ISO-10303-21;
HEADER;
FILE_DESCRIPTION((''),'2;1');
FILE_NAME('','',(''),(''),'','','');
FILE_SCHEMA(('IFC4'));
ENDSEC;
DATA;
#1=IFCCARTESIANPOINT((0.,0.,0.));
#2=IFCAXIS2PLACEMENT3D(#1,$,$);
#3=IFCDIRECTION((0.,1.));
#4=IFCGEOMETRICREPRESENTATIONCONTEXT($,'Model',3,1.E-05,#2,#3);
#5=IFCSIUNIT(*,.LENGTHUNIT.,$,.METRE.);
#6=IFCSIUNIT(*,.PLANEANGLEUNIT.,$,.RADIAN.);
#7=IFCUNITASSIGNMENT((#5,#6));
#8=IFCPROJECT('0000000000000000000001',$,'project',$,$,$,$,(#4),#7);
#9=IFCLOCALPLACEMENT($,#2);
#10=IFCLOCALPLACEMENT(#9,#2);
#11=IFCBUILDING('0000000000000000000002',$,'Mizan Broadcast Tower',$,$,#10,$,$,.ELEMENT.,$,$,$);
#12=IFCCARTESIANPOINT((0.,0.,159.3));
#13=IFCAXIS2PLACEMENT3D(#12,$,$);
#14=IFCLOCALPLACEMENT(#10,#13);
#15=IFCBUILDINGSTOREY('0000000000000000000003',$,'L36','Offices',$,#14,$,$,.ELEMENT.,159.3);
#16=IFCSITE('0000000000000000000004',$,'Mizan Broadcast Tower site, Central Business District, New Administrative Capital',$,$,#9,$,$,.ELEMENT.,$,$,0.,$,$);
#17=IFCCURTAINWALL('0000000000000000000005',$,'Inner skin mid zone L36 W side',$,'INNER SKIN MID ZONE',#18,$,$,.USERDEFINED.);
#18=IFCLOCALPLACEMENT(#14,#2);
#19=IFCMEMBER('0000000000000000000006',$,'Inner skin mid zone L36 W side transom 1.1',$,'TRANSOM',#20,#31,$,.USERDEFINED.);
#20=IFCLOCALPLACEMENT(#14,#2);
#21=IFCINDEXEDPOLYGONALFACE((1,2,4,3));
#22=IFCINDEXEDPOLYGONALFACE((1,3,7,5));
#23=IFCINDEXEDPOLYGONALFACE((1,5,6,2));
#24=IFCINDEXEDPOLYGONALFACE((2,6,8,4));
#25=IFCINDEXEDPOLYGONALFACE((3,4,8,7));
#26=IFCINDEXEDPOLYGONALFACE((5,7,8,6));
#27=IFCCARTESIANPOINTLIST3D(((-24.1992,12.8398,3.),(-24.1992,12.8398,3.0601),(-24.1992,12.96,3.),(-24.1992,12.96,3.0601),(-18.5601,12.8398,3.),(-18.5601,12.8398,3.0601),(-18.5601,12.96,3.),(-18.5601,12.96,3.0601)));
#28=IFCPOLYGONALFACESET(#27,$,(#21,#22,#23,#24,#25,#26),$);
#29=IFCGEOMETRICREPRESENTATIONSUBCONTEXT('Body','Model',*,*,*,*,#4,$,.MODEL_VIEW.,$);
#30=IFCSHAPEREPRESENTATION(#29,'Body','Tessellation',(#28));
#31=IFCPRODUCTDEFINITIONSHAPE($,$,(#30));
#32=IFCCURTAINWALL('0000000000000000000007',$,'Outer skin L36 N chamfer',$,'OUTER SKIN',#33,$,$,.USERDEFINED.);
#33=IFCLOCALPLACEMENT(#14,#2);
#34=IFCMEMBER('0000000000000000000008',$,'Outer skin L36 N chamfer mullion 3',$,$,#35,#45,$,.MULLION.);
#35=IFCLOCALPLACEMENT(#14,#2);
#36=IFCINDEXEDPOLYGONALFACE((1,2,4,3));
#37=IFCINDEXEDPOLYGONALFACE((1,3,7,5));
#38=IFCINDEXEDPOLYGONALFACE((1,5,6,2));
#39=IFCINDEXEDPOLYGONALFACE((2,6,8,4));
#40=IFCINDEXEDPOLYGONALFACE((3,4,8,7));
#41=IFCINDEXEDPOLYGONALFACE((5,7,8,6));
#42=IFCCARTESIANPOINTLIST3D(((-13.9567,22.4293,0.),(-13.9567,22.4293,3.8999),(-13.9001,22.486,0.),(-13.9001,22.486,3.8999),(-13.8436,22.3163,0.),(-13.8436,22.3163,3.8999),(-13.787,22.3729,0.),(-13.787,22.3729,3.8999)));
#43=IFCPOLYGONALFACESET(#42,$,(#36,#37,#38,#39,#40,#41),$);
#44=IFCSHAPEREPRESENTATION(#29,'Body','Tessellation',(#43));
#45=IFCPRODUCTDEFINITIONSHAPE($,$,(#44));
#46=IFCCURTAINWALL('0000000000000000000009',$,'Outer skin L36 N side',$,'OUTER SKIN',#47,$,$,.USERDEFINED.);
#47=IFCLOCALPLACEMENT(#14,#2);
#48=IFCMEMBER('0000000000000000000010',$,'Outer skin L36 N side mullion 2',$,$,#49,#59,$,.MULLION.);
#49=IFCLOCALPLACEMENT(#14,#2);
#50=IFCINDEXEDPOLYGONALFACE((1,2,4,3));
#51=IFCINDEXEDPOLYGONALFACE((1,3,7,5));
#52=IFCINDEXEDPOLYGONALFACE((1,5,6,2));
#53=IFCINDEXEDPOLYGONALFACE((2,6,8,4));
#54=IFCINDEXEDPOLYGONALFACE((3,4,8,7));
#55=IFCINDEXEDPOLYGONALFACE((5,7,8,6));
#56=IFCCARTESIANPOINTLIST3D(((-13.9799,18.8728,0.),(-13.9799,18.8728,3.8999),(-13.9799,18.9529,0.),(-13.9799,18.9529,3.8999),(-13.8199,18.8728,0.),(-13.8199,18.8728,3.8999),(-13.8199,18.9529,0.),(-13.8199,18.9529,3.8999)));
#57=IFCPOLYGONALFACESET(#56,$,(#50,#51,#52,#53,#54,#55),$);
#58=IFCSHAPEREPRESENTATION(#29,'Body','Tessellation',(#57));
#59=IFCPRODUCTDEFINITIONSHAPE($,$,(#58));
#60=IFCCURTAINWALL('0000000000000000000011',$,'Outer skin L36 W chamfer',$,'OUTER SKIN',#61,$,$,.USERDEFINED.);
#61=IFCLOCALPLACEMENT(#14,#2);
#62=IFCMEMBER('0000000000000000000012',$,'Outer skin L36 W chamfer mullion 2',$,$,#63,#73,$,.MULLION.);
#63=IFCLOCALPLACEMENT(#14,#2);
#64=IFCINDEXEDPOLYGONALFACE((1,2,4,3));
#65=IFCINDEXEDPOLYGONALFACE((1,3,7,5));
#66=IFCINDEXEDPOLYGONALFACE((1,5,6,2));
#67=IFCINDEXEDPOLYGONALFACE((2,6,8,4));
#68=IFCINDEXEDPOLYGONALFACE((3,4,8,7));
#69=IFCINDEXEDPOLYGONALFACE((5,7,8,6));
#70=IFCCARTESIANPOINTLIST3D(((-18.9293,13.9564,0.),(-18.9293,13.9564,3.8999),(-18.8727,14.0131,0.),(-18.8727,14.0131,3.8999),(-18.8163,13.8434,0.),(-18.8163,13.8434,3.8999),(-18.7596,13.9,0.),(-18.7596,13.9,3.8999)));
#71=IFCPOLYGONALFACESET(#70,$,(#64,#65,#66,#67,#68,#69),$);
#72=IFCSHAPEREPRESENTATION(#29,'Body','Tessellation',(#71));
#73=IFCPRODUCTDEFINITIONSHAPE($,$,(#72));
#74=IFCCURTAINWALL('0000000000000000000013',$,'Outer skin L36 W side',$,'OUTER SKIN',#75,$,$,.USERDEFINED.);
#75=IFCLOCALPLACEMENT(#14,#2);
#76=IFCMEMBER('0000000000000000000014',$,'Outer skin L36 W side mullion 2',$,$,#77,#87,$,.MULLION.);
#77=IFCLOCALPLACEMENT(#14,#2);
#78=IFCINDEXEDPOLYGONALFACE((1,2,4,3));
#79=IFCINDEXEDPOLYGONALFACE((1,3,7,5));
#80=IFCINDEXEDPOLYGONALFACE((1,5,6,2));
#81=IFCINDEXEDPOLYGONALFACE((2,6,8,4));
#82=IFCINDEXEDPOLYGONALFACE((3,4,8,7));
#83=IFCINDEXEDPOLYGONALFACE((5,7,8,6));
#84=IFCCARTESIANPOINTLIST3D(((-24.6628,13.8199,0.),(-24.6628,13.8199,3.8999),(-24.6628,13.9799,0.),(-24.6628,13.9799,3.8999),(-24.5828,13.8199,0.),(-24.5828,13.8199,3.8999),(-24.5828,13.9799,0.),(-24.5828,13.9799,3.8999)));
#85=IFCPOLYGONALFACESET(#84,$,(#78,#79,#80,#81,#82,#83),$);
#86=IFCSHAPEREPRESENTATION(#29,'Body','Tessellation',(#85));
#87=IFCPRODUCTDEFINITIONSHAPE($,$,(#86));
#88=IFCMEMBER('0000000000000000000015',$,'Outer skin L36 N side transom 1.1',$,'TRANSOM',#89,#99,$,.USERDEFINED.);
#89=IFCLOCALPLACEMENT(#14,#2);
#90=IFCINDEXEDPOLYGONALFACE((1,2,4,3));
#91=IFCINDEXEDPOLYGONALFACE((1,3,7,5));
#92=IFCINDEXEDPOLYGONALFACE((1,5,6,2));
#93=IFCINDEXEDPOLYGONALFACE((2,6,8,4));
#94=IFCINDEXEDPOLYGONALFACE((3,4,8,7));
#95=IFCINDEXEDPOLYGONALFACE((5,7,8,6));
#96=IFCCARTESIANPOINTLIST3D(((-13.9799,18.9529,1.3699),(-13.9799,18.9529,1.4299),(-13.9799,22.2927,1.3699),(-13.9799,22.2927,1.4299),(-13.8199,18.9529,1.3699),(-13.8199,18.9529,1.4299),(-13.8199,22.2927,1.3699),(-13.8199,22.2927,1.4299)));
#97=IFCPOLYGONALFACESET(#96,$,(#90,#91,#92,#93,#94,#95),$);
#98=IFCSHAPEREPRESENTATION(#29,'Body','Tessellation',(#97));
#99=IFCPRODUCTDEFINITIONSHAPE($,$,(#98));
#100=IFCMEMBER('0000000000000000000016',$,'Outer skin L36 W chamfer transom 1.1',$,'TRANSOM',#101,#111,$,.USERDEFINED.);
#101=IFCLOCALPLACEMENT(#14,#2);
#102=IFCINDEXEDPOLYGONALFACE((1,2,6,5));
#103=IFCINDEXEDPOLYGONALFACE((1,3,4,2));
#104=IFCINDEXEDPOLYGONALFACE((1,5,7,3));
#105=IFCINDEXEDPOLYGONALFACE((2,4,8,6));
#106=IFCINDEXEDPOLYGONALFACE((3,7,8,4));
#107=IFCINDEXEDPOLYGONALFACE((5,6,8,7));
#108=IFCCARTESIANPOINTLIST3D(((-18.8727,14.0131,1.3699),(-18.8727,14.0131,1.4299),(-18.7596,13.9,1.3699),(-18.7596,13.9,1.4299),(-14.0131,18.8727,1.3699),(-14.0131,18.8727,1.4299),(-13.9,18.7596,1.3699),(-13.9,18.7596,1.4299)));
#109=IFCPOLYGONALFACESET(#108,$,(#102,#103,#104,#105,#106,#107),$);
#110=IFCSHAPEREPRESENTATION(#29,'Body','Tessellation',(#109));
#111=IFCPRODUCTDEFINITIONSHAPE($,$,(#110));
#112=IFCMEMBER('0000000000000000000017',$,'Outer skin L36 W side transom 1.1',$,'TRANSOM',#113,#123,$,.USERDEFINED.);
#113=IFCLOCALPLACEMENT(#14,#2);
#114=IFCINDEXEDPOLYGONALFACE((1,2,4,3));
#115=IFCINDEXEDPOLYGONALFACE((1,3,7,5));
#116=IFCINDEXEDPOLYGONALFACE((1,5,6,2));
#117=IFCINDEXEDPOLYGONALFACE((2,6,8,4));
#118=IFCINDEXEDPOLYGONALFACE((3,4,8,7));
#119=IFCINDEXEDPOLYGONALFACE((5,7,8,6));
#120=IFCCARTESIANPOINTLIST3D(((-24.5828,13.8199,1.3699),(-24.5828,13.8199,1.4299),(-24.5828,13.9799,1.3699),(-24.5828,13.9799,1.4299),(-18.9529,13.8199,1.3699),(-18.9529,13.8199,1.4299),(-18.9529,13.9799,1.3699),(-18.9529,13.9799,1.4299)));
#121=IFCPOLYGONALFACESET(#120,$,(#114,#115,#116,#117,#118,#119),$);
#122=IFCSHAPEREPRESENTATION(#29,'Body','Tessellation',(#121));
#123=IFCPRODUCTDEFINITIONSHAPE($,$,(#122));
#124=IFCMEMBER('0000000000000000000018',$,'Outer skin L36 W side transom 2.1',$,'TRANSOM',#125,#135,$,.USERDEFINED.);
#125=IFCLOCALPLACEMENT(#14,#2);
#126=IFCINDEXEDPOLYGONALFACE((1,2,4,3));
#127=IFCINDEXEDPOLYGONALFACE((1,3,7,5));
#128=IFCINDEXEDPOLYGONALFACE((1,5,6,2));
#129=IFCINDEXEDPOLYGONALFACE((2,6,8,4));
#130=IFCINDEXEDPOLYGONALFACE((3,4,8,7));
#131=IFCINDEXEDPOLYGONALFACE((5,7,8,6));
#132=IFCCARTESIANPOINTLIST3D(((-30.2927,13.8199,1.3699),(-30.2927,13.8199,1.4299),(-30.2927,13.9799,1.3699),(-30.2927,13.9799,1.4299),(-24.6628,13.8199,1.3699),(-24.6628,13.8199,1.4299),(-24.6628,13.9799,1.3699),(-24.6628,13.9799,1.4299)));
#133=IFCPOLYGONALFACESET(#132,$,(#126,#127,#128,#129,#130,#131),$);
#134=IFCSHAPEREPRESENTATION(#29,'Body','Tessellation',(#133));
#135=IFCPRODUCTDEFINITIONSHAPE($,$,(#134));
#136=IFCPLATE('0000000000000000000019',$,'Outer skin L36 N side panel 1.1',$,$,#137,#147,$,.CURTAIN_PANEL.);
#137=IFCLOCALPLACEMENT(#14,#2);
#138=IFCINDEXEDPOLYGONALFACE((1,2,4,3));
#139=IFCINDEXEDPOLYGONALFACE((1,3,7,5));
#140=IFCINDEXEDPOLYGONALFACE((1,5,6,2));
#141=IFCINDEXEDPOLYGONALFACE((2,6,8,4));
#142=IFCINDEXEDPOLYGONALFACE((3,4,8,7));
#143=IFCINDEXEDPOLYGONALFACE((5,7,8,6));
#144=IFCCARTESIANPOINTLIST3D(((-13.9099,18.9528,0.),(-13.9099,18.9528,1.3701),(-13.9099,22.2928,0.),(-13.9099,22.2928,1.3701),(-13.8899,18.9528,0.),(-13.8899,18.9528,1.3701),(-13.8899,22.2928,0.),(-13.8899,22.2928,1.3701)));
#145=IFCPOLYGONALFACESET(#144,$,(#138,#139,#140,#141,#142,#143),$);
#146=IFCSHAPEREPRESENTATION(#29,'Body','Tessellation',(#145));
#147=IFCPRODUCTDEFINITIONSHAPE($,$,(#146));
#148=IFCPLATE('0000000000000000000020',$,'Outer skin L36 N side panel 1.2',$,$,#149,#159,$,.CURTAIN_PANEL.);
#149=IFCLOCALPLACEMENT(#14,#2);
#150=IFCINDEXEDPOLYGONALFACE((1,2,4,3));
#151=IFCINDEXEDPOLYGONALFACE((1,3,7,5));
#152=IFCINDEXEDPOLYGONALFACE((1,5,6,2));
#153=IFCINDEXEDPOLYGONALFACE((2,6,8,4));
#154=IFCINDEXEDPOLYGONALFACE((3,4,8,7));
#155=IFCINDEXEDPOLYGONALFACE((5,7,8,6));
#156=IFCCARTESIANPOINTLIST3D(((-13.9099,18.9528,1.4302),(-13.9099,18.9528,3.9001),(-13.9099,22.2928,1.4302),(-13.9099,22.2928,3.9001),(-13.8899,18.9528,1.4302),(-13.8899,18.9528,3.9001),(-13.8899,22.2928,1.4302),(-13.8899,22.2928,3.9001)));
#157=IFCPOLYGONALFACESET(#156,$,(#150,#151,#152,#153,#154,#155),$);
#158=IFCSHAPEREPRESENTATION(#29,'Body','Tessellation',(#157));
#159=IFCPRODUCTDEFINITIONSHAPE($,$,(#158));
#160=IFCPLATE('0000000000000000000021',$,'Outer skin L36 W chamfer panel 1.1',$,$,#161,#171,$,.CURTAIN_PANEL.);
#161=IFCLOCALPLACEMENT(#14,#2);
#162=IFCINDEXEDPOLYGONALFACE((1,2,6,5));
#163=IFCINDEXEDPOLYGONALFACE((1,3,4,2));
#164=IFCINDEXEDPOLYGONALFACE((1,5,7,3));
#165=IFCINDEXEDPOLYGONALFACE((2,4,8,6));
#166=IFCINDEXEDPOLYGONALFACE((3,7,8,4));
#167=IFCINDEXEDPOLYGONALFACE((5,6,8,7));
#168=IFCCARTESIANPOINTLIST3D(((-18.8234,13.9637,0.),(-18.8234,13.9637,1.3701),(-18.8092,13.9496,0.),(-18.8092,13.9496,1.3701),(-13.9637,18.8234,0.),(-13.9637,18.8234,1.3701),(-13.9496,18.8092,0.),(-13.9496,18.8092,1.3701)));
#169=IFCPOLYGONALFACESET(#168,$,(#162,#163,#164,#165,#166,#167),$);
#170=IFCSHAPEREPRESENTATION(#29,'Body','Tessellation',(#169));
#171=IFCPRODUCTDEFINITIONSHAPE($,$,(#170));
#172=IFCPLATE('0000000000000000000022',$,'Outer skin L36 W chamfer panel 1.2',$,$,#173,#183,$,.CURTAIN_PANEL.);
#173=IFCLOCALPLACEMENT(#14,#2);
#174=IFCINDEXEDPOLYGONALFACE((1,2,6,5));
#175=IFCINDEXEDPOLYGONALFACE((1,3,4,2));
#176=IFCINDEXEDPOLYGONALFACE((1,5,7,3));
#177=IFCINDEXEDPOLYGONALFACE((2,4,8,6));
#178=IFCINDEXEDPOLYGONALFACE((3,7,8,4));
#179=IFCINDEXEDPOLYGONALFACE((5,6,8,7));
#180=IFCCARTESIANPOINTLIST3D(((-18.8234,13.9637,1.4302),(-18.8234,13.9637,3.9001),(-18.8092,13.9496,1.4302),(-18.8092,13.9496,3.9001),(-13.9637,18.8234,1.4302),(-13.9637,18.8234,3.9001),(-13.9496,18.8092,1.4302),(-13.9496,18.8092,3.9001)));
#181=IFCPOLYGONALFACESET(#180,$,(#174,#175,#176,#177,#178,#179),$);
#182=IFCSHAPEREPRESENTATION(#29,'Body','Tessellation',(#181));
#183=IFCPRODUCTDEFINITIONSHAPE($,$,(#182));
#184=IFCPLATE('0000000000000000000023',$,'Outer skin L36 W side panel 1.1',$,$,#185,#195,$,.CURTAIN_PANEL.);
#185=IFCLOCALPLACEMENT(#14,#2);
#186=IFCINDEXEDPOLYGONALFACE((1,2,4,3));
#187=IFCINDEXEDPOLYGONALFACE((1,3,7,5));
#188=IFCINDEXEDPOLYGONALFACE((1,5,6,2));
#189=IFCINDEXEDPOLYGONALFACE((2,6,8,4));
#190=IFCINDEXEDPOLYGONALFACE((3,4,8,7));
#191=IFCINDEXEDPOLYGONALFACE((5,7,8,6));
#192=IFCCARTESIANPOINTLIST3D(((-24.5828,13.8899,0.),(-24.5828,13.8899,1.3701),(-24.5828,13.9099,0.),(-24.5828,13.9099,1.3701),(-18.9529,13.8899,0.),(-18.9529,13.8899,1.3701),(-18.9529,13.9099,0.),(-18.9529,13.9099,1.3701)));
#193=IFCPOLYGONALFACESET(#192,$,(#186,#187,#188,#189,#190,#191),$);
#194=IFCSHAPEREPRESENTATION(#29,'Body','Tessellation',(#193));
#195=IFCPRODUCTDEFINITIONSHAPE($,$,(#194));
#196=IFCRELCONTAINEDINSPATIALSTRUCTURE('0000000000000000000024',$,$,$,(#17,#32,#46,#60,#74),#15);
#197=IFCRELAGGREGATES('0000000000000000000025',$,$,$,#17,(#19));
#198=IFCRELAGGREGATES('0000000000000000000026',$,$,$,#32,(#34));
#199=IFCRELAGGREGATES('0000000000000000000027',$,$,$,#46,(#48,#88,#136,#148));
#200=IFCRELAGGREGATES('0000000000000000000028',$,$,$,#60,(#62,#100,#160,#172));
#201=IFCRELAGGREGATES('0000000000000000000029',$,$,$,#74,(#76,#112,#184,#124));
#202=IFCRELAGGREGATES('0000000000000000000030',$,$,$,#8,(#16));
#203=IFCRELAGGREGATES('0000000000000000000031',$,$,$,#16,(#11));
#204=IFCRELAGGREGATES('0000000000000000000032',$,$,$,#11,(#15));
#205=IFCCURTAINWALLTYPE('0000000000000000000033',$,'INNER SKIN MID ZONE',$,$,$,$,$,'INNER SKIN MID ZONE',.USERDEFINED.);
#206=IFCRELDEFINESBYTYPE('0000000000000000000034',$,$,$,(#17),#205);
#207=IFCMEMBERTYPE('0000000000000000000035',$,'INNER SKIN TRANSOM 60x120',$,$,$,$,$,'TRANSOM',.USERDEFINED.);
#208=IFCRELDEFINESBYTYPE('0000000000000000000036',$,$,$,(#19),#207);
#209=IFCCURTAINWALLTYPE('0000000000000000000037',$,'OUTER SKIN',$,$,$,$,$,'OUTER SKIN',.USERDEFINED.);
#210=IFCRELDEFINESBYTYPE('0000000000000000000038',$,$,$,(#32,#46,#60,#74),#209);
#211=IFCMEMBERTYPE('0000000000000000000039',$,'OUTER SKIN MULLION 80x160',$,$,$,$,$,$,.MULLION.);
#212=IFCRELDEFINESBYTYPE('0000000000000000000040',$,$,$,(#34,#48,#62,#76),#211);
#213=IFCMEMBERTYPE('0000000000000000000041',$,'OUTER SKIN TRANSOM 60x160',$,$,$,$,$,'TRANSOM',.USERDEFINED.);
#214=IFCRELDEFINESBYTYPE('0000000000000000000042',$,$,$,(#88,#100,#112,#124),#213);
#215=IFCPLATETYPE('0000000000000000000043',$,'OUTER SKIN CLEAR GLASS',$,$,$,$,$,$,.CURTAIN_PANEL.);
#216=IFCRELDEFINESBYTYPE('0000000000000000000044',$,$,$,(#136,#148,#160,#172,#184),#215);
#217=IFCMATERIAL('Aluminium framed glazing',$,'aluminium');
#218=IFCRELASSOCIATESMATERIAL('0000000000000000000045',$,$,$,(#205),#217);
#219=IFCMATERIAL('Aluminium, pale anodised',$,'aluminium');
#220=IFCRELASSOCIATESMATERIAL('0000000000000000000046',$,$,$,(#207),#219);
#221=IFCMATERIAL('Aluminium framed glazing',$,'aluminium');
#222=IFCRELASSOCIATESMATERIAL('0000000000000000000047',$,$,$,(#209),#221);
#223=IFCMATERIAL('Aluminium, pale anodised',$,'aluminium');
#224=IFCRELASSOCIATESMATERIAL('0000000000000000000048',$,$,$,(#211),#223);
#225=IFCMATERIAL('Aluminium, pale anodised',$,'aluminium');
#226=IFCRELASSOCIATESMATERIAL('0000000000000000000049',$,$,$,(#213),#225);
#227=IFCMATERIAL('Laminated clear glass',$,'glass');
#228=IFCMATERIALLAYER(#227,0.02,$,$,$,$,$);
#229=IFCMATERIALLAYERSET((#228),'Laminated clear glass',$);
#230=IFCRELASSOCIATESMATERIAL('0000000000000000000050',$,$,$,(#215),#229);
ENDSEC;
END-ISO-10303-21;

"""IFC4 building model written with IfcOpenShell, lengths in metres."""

from ifc_helpers import new_model, si_unit, direction, frame, origin, origin_2d, place, context, subcontext, project, spatial, rectangle, extrude, material, layer, layer_set, material_profile, profile_set, type_object, element, aggregate, save


model = new_model("IFC4")

# Units and contexts
model_context = context("Model", 3, precision=1e-05, world=origin(), true_north=direction((0.0, 1.0)))
body_context = subcontext(model_context, "Body", "Model", "MODEL_VIEW")
ifc_project = project(units=[si_unit("LENGTHUNIT", "METRE"), si_unit("PLANEANGLEUNIT", "RADIAN")], contexts=[model_context])

# Site, building, storey
site_placement = place(None, origin())
site = spatial("IfcSite", under=ifc_project, at=site_placement, Name="Mizan Broadcast Tower site, Central Business District, New Administrative Capital", CompositionType="ELEMENT", RefElevation=0.0)
building_placement = place(site_placement, origin())
building = spatial("IfcBuilding", under=site, at=building_placement, Name="Mizan Broadcast Tower", CompositionType="ELEMENT")
storey_placement = place(building_placement, frame((0.0, 0.0, 159.3)))
storey = spatial("IfcBuildingStorey", under=building, at=storey_placement, Name="L36", Description="Offices", CompositionType="ELEMENT", Elevation=159.3)

# Curtain walls, members
ifc_material_1 = material(Name="Aluminium framed glazing", Category="aluminium")
curtain_wall_type_1 = type_object("IfcCurtainWallType", Name="INNER SKIN MID ZONE", ElementType="INNER SKIN MID ZONE", PredefinedType="USERDEFINED", material=ifc_material_1)
curtain_wall_1_placement = place(storey_placement, origin())
curtain_wall_1 = element("IfcCurtainWall", 1, at=curtain_wall_1_placement, inside=storey, type_object=curtain_wall_type_1, Name="Inner skin mid zone L36 W side", ObjectType="INNER SKIN MID ZONE", PredefinedType="USERDEFINED")
ifc_material_2 = material(Name="Aluminium, pale anodised", Category="aluminium")
ifc_material_profile_1 = material_profile(ifc_material_2, rectangle(XDim=0.1201, YDim=0.0601, at=origin_2d()), Name="TRANSOM 120x60")
ifc_profile_set_1 = profile_set([ifc_material_profile_1], Name="Aluminium, pale anodised")
member_type_1 = type_object("IfcMemberType", Name="INNER SKIN TRANSOM 60x120", ElementType="TRANSOM", PredefinedType="USERDEFINED", material=ifc_profile_set_1)
member_1_placement = place(storey_placement, frame((-18.5601, 12.8999, 3.03), z_axis=(-1.0, 0.0, 0.0), x_axis=(0.0, -1.0, 0.0)))
member_1 = element("IfcMember", 2, at=member_1_placement, type_object=member_type_1, Name="Inner skin mid zone L36 W side transom 1.1", ObjectType="TRANSOM", PredefinedType="USERDEFINED", context=body_context, shape_type="SweptSolid", body=[
    extrude(rectangle(XDim=0.1201, YDim=0.0601, at=origin_2d()), origin(), (0.0, 0.0, 1.0), 5.6392),
])
aggregate(curtain_wall_1, [member_1])
ifc_material_3 = material(Name="Aluminium framed glazing", Category="aluminium")
curtain_wall_type_2 = type_object("IfcCurtainWallType", Name="OUTER SKIN", ElementType="OUTER SKIN", PredefinedType="USERDEFINED", material=ifc_material_3)
curtain_wall_2_placement = place(storey_placement, origin())
curtain_wall_2 = element("IfcCurtainWall", 3, at=curtain_wall_2_placement, inside=storey, type_object=curtain_wall_type_2, Name="Outer skin L36 N chamfer", ObjectType="OUTER SKIN", PredefinedType="USERDEFINED")
ifc_material_4 = material(Name="Aluminium, pale anodised", Category="aluminium")
ifc_material_profile_2 = material_profile(ifc_material_4, rectangle(XDim=0.1599, YDim=0.0801, at=origin_2d()), Name="MULLION 160x80")
ifc_profile_set_2 = profile_set([ifc_material_profile_2], Name="Aluminium, pale anodised")
member_type_2 = type_object("IfcMemberType", Name="OUTER SKIN MULLION 80x160", PredefinedType="MULLION", material=ifc_profile_set_2)
member_2_placement = place(storey_placement, frame((-13.8718, 22.4011, 0.0), z_axis=(0.0, 0.0, 1.0), x_axis=(0.707107, -0.707107, 0.0)))
member_2 = element("IfcMember", 4, at=member_2_placement, type_object=member_type_2, Name="Outer skin L36 N chamfer mullion 3", PredefinedType="MULLION", context=body_context, shape_type="SweptSolid", body=[
    extrude(rectangle(XDim=0.1599, YDim=0.0801, at=origin_2d()), origin(), (0.0, 0.0, 1.0), 3.8999),
])
aggregate(curtain_wall_2, [member_2])
curtain_wall_3_placement = place(storey_placement, origin())
curtain_wall_3 = element("IfcCurtainWall", 5, at=curtain_wall_3_placement, inside=storey, type_object=curtain_wall_type_2, Name="Outer skin L36 N side", ObjectType="OUTER SKIN", PredefinedType="USERDEFINED")
member_3_placement = place(storey_placement, frame((-13.8999, 18.9128, 0.0), z_axis=(0.0, 0.0, 1.0), x_axis=(1.0, 0.0, 0.0)))
member_3 = element("IfcMember", 6, at=member_3_placement, type_object=member_type_2, Name="Outer skin L36 N side mullion 2", PredefinedType="MULLION", context=body_context, shape_type="SweptSolid", body=[
    extrude(rectangle(XDim=0.1599, YDim=0.0801, at=origin_2d()), origin(), (0.0, 0.0, 1.0), 3.8999),
])
curtain_wall_4_placement = place(storey_placement, origin())
curtain_wall_4 = element("IfcCurtainWall", 7, at=curtain_wall_4_placement, inside=storey, type_object=curtain_wall_type_2, Name="Outer skin L36 W chamfer", ObjectType="OUTER SKIN", PredefinedType="USERDEFINED")
member_4_placement = place(storey_placement, frame((-18.8445, 13.9282, 0.0), z_axis=(0.0, 0.0, 1.0), x_axis=(0.707107, -0.707107, 0.0)))
member_4 = element("IfcMember", 8, at=member_4_placement, type_object=member_type_2, Name="Outer skin L36 W chamfer mullion 2", PredefinedType="MULLION", context=body_context, shape_type="SweptSolid", body=[
    extrude(rectangle(XDim=0.1599, YDim=0.0801, at=origin_2d()), origin(), (0.0, 0.0, 1.0), 3.8999),
])
curtain_wall_5_placement = place(storey_placement, origin())
curtain_wall_5 = element("IfcCurtainWall", 9, at=curtain_wall_5_placement, inside=storey, type_object=curtain_wall_type_2, Name="Outer skin L36 W side", ObjectType="OUTER SKIN", PredefinedType="USERDEFINED")
member_5_placement = place(storey_placement, frame((-24.6228, 13.8999, 0.0), z_axis=(0.0, 0.0, 1.0), x_axis=(0.0, -1.0, 0.0)))
member_5 = element("IfcMember", 10, at=member_5_placement, type_object=member_type_2, Name="Outer skin L36 W side mullion 2", PredefinedType="MULLION", context=body_context, shape_type="SweptSolid", body=[
    extrude(rectangle(XDim=0.1599, YDim=0.0801, at=origin_2d()), origin(), (0.0, 0.0, 1.0), 3.8999),
])

# Members
ifc_material_5 = material(Name="Aluminium, pale anodised", Category="aluminium")
ifc_material_profile_3 = material_profile(ifc_material_5, rectangle(XDim=0.1599, YDim=0.0601, at=origin_2d()), Name="TRANSOM 160x60")
ifc_profile_set_3 = profile_set([ifc_material_profile_3], Name="Aluminium, pale anodised")
member_type_3 = type_object("IfcMemberType", Name="OUTER SKIN TRANSOM 60x160", ElementType="TRANSOM", PredefinedType="USERDEFINED", material=ifc_profile_set_3)
member_6_placement = place(storey_placement, frame((-13.8999, 22.2927, 1.3999), z_axis=(0.0, -1.0, 0.0), x_axis=(1.0, 0.0, 0.0)))
member_6 = element("IfcMember", 11, at=member_6_placement, type_object=member_type_3, Name="Outer skin L36 N side transom 1.1", ObjectType="TRANSOM", PredefinedType="USERDEFINED", context=body_context, shape_type="SweptSolid", body=[
    extrude(rectangle(XDim=0.1599, YDim=0.0601, at=origin_2d()), origin(), (0.0, 0.0, 1.0), 3.3398),
])
member_7_placement = place(storey_placement, frame((-13.9565, 18.8162, 1.3999), z_axis=(-0.707107, -0.707107, 0.0), x_axis=(0.707107, -0.707107, 0.0)))
member_7 = element("IfcMember", 12, at=member_7_placement, type_object=member_type_3, Name="Outer skin L36 W chamfer transom 1.1", ObjectType="TRANSOM", PredefinedType="USERDEFINED", context=body_context, shape_type="SweptSolid", body=[
    extrude(rectangle(XDim=0.1599, YDim=0.0601, at=origin_2d()), origin(), (0.0, 0.0, 1.0), 6.8726),
])
member_8_placement = place(storey_placement, frame((-18.9529, 13.8999, 1.3999), z_axis=(-1.0, 0.0, 0.0), x_axis=(0.0, -1.0, 0.0)))
member_8 = element("IfcMember", 13, at=member_8_placement, type_object=member_type_3, Name="Outer skin L36 W side transom 1.1", ObjectType="TRANSOM", PredefinedType="USERDEFINED", context=body_context, shape_type="SweptSolid", body=[
    extrude(rectangle(XDim=0.1599, YDim=0.0601, at=origin_2d()), origin(), (0.0, 0.0, 1.0), 5.6299),
])
member_9_placement = place(storey_placement, frame((-24.6628, 13.8999, 1.3999), z_axis=(-1.0, 0.0, 0.0), x_axis=(0.0, -1.0, 0.0)))
member_9 = element("IfcMember", 14, at=member_9_placement, type_object=member_type_3, Name="Outer skin L36 W side transom 2.1", ObjectType="TRANSOM", PredefinedType="USERDEFINED", context=body_context, shape_type="SweptSolid", body=[
    extrude(rectangle(XDim=0.1599, YDim=0.0601, at=origin_2d()), origin(), (0.0, 0.0, 1.0), 5.6299),
])

# Plates
ifc_material_6 = material(Name="Laminated clear glass", Category="glass")
ifc_layer = layer(ifc_material_6, 0.02)
ifc_layer_set = layer_set([ifc_layer], Name="Laminated clear glass")
plate_type = type_object("IfcPlateType", Name="OUTER SKIN CLEAR GLASS", PredefinedType="CURTAIN_PANEL", material=ifc_layer_set)
plate_1_placement = place(storey_placement, frame((-13.8999, 20.6228, 0.0), z_axis=(0.0, 0.0, 1.0), x_axis=(0.0, -1.0, 0.0)))
plate_1 = element("IfcPlate", 15, at=plate_1_placement, type_object=plate_type, Name="Outer skin L36 N side panel 1.1", PredefinedType="CURTAIN_PANEL", context=body_context, shape_type="SweptSolid", body=[
    extrude(rectangle(XDim=3.3401, YDim=0.02, at=origin_2d()), origin(), (0.0, 0.0, 1.0), 1.3701),
])
plate_2_placement = place(storey_placement, frame((-13.8999, 20.6228, 1.4302), z_axis=(0.0, 0.0, 1.0), x_axis=(0.0, -1.0, 0.0)))
plate_2 = element("IfcPlate", 16, at=plate_2_placement, type_object=plate_type, Name="Outer skin L36 N side panel 1.2", PredefinedType="CURTAIN_PANEL", context=body_context, shape_type="SweptSolid", body=[
    extrude(rectangle(XDim=3.3401, YDim=0.02, at=origin_2d()), origin(), (0.0, 0.0, 1.0), 2.47),
])
aggregate(curtain_wall_3, [member_3, member_6, plate_1, plate_2])
plate_3_placement = place(storey_placement, frame((-16.3865, 16.3865, 0.0), z_axis=(0.0, 0.0, 1.0), x_axis=(-0.707107, -0.707107, 0.0)))
plate_3 = element("IfcPlate", 17, at=plate_3_placement, type_object=plate_type, Name="Outer skin L36 W chamfer panel 1.1", PredefinedType="CURTAIN_PANEL", context=body_context, shape_type="SweptSolid", body=[
    extrude(rectangle(XDim=6.8726, YDim=0.02, at=origin_2d()), origin(), (0.0, 0.0, 1.0), 1.3701),
])
plate_4_placement = place(storey_placement, frame((-16.3865, 16.3865, 1.4302), z_axis=(0.0, 0.0, 1.0), x_axis=(-0.707107, -0.707107, 0.0)))
plate_4 = element("IfcPlate", 18, at=plate_4_placement, type_object=plate_type, Name="Outer skin L36 W chamfer panel 1.2", PredefinedType="CURTAIN_PANEL", context=body_context, shape_type="SweptSolid", body=[
    extrude(rectangle(XDim=6.8726, YDim=0.02, at=origin_2d()), origin(), (0.0, 0.0, 1.0), 2.47),
])
aggregate(curtain_wall_4, [member_4, member_7, plate_3, plate_4])
plate_5_placement = place(storey_placement, frame((-21.7678, 13.8999, 0.0), z_axis=(0.0, 0.0, 1.0), x_axis=(-1.0, 0.0, 0.0)))
plate_5 = element("IfcPlate", 19, at=plate_5_placement, type_object=plate_type, Name="Outer skin L36 W side panel 1.1", PredefinedType="CURTAIN_PANEL", context=body_context, shape_type="SweptSolid", body=[
    extrude(rectangle(XDim=5.6299, YDim=0.02, at=origin_2d()), origin(), (0.0, 0.0, 1.0), 1.3701),
])
aggregate(curtain_wall_5, [member_5, member_8, plate_5, member_9])

save(model, "model.ifc")
